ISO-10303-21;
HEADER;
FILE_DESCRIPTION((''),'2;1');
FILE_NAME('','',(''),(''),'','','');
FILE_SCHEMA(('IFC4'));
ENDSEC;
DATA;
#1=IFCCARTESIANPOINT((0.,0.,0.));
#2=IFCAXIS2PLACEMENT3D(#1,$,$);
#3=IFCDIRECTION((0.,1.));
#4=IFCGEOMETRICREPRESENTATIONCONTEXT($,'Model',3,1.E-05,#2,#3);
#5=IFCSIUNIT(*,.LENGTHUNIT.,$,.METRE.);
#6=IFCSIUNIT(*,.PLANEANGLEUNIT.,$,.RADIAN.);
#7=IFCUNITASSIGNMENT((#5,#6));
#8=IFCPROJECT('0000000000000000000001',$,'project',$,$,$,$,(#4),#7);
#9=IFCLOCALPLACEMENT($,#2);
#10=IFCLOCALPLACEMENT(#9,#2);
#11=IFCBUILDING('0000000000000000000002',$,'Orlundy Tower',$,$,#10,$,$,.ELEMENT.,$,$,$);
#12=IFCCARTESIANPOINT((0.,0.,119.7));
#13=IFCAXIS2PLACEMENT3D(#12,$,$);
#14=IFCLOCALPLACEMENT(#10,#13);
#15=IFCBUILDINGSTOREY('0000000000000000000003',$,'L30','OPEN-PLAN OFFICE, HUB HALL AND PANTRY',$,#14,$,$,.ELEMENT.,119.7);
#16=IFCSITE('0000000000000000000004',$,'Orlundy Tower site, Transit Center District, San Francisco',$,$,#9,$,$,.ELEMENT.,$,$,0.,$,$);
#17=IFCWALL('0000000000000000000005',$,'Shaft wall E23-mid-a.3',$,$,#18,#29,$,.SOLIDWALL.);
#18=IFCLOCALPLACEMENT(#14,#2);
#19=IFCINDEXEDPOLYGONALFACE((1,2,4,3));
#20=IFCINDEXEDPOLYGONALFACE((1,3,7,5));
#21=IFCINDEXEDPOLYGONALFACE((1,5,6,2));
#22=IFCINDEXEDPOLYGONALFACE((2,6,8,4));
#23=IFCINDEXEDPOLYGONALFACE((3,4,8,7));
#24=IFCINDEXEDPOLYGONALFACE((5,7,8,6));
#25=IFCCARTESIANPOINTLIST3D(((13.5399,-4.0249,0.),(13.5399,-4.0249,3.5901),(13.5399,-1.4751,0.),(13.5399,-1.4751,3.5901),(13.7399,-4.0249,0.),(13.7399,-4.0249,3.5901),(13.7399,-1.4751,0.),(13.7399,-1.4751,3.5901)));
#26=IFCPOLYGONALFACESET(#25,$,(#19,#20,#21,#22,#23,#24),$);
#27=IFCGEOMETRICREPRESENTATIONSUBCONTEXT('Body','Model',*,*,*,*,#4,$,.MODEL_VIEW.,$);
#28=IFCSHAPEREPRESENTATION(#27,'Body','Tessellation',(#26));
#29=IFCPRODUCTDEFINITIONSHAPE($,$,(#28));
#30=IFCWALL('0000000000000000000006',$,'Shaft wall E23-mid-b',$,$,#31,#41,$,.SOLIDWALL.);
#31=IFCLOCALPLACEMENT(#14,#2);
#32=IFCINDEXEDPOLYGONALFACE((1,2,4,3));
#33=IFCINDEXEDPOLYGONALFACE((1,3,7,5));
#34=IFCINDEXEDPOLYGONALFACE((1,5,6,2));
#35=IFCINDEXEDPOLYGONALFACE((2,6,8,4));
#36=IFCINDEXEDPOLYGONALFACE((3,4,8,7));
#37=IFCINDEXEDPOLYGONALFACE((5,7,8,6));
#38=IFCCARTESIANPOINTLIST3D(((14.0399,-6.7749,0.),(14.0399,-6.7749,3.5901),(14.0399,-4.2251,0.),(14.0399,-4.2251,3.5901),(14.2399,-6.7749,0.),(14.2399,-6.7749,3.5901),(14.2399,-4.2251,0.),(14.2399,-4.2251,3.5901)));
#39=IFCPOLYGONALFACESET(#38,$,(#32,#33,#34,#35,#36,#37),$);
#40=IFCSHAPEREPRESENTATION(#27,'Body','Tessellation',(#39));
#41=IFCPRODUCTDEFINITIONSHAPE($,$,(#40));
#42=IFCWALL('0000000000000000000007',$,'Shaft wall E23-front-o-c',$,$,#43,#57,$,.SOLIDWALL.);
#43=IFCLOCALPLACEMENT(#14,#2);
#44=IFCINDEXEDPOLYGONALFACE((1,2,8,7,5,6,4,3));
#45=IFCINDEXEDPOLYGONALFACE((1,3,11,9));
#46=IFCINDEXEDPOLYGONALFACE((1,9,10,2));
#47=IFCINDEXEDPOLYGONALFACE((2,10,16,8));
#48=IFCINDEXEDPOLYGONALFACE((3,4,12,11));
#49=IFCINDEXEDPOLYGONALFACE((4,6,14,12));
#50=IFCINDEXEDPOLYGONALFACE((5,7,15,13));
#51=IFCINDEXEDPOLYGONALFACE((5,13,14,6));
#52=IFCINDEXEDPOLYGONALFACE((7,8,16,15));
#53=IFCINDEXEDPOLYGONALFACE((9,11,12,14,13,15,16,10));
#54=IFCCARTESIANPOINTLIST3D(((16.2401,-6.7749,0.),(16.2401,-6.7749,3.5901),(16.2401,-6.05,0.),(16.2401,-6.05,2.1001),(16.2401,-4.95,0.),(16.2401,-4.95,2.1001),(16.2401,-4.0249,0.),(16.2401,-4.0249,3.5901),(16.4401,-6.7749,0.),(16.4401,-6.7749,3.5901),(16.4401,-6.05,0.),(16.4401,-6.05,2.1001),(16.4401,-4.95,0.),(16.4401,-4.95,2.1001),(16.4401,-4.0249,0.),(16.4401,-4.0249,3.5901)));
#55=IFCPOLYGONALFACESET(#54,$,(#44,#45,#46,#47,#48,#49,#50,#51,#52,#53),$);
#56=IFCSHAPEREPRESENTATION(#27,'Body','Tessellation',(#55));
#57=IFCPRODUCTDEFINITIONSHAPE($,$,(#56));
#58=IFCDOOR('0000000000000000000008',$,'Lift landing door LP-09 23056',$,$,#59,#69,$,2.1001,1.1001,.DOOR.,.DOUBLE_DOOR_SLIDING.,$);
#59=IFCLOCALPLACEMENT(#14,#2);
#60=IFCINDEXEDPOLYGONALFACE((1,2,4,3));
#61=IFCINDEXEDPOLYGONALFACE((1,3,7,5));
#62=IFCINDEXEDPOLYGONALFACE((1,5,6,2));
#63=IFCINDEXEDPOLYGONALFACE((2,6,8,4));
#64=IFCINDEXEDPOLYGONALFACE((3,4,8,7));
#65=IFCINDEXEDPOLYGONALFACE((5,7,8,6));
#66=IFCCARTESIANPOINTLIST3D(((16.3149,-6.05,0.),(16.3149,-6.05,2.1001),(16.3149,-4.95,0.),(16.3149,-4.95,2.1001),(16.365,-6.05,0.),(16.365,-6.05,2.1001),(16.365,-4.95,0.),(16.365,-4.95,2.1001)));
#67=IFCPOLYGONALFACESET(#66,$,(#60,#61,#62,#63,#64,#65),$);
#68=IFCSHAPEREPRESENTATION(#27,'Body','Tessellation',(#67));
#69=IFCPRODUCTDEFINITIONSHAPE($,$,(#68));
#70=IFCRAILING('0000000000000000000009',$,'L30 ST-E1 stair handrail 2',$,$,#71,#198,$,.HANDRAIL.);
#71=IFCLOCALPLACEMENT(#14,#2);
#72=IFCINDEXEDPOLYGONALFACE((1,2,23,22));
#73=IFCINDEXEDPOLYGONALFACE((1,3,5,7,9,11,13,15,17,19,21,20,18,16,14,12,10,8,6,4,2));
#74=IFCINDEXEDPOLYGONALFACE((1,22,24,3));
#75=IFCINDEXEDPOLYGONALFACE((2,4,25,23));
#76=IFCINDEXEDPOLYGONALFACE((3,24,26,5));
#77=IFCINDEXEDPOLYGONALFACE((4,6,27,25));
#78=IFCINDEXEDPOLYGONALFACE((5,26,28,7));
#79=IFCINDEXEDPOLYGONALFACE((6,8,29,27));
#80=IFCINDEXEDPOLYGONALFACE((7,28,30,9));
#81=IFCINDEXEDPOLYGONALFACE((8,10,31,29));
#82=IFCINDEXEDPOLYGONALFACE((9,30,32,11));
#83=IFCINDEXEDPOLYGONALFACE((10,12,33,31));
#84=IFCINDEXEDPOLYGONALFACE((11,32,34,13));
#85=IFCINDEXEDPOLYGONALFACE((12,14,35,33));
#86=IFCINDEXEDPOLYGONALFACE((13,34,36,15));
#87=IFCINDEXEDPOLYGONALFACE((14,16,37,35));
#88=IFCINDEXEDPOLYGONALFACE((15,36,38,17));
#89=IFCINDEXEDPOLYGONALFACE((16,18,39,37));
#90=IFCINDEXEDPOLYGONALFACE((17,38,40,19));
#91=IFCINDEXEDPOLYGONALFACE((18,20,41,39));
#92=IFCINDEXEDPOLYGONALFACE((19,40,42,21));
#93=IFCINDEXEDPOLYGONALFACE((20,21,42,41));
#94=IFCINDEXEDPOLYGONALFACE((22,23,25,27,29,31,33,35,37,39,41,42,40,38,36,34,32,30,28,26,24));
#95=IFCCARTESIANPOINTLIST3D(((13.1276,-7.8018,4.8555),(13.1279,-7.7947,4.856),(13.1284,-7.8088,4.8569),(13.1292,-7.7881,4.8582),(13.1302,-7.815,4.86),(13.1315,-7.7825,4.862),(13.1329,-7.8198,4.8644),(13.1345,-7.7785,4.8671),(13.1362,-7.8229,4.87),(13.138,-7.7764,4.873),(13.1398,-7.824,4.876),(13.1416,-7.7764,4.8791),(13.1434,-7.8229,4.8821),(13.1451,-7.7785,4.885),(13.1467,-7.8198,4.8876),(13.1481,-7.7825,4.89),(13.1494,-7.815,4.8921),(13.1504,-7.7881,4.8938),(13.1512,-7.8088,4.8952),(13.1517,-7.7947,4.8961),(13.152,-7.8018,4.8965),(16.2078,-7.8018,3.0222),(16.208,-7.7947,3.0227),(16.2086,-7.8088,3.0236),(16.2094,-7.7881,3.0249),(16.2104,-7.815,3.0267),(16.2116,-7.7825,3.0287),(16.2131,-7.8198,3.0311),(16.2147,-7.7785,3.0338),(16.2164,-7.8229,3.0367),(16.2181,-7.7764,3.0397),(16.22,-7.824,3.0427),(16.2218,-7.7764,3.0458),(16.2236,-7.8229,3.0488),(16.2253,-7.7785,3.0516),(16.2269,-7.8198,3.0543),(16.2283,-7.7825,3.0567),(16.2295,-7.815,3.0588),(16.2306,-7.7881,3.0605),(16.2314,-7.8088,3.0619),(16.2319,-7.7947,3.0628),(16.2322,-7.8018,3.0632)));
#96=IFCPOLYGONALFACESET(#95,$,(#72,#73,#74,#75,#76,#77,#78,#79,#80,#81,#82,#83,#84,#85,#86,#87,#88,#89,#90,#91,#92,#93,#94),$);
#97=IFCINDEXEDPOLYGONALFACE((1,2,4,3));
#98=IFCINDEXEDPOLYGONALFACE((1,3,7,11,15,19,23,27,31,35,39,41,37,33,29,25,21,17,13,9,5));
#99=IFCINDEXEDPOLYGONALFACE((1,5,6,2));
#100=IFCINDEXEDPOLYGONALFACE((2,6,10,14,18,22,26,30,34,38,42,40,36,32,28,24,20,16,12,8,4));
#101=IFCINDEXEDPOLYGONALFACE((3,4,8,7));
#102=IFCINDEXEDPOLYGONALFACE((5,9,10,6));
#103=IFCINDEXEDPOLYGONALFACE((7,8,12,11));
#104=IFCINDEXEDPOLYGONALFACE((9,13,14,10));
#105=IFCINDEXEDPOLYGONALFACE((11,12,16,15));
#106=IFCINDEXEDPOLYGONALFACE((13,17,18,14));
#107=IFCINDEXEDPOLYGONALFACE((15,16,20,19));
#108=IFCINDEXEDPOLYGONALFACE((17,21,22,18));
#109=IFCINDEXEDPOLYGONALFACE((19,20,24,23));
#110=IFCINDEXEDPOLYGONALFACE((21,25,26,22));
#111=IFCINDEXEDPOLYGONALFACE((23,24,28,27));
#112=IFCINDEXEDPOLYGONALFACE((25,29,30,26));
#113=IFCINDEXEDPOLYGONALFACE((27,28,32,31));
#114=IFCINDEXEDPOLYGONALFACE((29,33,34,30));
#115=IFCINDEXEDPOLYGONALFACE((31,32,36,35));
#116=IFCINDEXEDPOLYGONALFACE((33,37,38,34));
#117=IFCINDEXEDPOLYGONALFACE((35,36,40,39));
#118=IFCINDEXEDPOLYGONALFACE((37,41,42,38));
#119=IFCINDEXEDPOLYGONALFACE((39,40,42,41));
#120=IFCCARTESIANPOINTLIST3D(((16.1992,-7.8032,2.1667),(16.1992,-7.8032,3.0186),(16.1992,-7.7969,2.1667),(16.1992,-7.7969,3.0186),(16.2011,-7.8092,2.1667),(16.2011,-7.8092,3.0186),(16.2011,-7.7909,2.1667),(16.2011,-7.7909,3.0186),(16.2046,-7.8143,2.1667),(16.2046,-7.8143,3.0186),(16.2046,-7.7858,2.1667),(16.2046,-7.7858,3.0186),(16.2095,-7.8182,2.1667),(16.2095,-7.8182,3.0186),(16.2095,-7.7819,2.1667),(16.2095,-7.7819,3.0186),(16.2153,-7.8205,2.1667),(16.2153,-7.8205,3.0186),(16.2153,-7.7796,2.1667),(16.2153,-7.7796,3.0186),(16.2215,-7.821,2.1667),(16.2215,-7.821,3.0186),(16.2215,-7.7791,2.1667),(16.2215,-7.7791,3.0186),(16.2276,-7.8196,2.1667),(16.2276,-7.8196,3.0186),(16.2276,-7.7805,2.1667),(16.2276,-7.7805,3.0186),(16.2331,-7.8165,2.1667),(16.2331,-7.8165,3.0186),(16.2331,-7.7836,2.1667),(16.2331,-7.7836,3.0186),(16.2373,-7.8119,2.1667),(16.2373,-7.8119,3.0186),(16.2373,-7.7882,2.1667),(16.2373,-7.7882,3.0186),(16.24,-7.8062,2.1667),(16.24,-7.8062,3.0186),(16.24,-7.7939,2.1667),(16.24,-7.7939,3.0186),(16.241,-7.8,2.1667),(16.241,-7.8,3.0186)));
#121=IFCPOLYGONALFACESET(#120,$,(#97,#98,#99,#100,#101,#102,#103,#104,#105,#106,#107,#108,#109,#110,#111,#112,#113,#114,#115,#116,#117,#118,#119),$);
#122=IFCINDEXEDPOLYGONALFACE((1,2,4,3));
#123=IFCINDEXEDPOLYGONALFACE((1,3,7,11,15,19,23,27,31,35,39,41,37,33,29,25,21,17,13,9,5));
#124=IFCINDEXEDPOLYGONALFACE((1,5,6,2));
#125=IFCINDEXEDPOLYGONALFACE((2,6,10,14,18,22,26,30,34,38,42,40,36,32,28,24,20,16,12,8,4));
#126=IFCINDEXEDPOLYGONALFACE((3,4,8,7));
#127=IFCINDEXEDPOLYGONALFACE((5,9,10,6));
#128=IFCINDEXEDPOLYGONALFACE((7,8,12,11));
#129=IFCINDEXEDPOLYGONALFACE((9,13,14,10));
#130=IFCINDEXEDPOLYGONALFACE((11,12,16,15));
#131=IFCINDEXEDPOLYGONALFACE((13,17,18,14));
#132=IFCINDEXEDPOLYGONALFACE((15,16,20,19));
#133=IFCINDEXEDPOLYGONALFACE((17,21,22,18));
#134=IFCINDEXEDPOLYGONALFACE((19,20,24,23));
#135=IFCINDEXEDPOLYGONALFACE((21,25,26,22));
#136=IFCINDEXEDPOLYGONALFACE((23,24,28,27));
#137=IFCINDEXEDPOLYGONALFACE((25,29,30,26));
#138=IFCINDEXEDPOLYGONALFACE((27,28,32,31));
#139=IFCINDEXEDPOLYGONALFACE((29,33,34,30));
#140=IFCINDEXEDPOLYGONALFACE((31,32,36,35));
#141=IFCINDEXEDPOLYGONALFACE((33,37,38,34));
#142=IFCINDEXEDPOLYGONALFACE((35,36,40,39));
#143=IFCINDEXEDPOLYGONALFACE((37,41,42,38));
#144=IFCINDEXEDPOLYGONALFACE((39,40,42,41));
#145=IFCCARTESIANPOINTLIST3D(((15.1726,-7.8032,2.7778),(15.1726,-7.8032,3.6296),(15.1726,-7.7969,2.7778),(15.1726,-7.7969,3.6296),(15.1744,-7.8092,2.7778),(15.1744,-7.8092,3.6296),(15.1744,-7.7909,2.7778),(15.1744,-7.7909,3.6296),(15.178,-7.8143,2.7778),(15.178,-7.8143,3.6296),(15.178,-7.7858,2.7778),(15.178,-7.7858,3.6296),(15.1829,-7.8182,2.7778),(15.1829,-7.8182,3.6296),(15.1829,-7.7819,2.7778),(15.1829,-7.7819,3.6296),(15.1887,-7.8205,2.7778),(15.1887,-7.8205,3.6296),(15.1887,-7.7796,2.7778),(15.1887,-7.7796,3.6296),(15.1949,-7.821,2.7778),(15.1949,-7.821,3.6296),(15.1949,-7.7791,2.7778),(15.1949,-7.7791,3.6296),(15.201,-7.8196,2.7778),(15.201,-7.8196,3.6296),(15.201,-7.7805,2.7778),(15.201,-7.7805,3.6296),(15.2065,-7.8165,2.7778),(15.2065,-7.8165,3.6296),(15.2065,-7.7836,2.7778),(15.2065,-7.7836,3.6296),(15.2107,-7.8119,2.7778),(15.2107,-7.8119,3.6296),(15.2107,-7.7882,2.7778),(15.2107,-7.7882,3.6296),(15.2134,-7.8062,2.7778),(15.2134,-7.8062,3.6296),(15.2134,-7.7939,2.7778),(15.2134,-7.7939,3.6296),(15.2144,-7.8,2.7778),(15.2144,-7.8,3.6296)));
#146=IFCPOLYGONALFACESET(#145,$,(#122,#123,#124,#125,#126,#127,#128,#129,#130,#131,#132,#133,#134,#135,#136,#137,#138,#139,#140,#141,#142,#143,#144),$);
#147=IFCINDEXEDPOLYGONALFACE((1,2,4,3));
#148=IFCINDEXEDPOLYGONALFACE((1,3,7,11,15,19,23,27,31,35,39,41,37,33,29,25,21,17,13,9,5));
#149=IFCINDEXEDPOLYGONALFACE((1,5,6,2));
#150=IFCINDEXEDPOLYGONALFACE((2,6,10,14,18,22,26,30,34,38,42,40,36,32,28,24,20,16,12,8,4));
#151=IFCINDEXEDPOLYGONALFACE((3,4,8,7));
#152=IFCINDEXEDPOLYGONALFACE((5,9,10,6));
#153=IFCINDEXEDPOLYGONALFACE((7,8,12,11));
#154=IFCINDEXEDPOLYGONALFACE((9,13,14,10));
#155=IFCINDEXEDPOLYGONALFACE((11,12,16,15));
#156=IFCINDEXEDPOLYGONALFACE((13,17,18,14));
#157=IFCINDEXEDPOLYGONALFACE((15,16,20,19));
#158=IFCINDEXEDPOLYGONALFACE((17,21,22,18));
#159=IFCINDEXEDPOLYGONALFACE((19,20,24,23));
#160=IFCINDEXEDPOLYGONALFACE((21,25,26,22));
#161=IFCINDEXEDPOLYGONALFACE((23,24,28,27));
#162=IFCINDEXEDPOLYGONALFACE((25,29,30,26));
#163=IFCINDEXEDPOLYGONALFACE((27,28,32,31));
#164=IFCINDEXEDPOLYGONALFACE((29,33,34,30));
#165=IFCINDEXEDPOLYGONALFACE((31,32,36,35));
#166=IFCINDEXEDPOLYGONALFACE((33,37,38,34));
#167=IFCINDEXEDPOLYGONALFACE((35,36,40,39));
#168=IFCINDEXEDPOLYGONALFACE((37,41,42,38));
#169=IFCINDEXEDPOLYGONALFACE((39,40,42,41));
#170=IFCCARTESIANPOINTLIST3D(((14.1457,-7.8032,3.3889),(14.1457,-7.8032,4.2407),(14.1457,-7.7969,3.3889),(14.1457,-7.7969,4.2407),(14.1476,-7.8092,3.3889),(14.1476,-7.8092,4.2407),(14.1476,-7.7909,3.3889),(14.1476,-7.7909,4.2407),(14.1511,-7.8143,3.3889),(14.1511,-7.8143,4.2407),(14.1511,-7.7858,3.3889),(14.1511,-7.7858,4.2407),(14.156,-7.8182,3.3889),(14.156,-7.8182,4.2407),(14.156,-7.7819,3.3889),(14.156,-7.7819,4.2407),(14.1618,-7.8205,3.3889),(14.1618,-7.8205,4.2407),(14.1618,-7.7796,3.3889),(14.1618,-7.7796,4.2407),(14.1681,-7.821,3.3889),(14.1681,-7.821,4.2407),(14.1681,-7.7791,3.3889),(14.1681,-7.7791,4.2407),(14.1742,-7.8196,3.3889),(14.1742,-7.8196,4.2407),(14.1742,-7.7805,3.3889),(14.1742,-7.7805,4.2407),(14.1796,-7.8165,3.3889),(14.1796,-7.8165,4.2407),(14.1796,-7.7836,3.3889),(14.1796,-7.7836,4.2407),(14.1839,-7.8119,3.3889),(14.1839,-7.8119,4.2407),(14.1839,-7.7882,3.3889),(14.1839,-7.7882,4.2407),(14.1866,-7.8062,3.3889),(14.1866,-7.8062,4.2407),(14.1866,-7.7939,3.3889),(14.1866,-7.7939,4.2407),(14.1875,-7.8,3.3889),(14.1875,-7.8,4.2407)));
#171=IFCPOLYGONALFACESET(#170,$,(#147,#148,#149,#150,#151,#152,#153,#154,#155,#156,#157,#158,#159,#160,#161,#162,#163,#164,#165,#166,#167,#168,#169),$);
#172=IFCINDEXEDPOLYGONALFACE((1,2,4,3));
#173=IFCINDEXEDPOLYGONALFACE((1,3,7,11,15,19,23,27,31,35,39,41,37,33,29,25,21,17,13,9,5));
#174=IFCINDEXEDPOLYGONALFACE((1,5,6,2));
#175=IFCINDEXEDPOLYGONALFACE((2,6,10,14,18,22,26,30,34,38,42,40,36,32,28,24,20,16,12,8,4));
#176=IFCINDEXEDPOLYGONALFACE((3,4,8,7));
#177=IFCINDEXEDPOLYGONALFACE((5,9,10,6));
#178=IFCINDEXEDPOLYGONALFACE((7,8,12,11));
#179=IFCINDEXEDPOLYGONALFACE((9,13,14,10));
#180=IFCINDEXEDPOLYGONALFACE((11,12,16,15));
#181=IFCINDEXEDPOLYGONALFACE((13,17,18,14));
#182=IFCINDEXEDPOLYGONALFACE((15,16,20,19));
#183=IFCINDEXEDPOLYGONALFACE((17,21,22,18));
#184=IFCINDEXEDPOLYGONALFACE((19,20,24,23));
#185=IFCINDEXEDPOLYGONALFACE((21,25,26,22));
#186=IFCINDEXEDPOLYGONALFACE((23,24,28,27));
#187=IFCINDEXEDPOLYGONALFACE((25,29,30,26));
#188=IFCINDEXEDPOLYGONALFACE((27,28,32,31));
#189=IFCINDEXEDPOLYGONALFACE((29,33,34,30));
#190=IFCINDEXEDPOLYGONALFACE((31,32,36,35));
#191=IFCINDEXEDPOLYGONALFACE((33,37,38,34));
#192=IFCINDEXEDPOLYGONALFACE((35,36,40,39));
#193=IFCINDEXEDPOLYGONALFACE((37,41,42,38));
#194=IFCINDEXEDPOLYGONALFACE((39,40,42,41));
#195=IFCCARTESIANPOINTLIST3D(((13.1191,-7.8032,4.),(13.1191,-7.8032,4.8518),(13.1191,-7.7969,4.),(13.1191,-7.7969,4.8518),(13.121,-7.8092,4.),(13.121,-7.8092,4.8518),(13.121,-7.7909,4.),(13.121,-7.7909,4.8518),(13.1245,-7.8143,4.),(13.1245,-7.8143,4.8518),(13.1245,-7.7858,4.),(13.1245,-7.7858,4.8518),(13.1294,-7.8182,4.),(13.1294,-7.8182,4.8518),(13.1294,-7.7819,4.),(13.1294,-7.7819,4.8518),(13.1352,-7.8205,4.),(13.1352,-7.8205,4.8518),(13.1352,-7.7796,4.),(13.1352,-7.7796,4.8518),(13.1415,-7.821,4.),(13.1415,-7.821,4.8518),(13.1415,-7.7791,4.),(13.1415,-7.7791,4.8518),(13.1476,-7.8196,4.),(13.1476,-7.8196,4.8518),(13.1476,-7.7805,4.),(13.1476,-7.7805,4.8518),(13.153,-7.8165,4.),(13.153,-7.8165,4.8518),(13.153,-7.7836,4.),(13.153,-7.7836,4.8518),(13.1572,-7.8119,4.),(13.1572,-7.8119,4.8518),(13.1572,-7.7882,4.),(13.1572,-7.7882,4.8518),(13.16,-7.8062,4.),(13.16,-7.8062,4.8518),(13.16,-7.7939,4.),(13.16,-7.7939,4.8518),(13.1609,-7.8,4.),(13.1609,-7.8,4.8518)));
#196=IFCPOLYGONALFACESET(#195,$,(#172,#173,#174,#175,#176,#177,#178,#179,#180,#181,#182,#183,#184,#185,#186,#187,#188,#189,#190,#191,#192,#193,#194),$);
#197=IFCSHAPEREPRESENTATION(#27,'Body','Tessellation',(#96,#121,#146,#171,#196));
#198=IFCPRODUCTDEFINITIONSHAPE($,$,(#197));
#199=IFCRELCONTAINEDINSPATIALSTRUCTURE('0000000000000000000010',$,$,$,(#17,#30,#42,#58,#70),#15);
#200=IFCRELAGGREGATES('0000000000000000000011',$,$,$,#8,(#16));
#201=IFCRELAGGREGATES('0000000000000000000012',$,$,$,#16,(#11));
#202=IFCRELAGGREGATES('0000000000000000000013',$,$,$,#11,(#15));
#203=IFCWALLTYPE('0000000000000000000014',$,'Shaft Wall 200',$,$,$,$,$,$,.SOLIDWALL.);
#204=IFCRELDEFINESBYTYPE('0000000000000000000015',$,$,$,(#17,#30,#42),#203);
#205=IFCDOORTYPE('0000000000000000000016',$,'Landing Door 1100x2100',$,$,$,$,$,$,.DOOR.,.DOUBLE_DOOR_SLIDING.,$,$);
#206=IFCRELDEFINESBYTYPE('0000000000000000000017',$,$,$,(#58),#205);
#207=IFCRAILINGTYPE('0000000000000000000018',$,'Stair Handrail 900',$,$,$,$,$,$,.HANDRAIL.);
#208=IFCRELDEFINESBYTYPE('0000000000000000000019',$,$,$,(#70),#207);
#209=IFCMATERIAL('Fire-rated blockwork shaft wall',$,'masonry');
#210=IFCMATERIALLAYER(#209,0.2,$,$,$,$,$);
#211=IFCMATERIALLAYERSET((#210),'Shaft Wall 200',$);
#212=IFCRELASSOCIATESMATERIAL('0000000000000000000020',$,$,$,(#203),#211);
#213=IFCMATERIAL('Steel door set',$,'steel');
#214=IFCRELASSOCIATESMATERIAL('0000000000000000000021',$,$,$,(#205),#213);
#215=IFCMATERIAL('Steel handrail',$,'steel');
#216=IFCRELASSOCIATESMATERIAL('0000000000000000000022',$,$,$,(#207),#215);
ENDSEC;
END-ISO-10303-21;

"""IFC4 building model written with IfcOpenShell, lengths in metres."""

from ifc_helpers import new_model, si_unit, direction, frame, frame_2d, origin, origin_2d, place, context, subcontext, project, spatial, rectangle, circle, extrude, material, layer, layer_set, type_object, element, fill, save


model = new_model("IFC4")

# Units and contexts
model_context = context("Model", 3, precision=1e-05, world=origin(), true_north=direction((0.0, 1.0)))
body_context = subcontext(model_context, "Body", "Model", "MODEL_VIEW")
ifc_project = project(units=[si_unit("LENGTHUNIT", "METRE"), si_unit("PLANEANGLEUNIT", "RADIAN")], contexts=[model_context])

# Site, building, storey
site_placement = place(None, origin())
site = spatial("IfcSite", under=ifc_project, at=site_placement, Name="Orlundy Tower site, Transit Center District, San Francisco", CompositionType="ELEMENT", RefElevation=0.0)
building_placement = place(site_placement, origin())
building = spatial("IfcBuilding", under=site, at=building_placement, Name="Orlundy Tower", CompositionType="ELEMENT")
storey_placement = place(building_placement, frame((0.0, 0.0, 119.7)))
storey = spatial("IfcBuildingStorey", under=building, at=storey_placement, Name="L30", Description="OPEN-PLAN OFFICE, HUB HALL AND PANTRY", CompositionType="ELEMENT", Elevation=119.7)

# Walls
ifc_material_1 = material(Name="Fire-rated blockwork shaft wall", Category="masonry")
ifc_layer_1 = layer(ifc_material_1, 0.2)
ifc_layer_set_1 = layer_set([ifc_layer_1], Name="Shaft Wall 200")
wall_type_1 = type_object("IfcWallType", Name="Shaft Wall 200", PredefinedType="SOLIDWALL", material=ifc_layer_set_1)
for number, where, z_axis, x_axis, name in (
    (1, (13.6399, -1.4751, 0.0), (0.0, 0.0, 1.0), (0.0, -1.0, 0.0), "Shaft wall E23-mid-a.3"),
    (2, (14.1399, -4.2251, 0.0), (0.0, 0.0, 1.0), (0.0, -1.0, 0.0), "Shaft wall E23-mid-b"),
):
    element("IfcWall", number, at=place(storey_placement, frame(where, z_axis=z_axis, x_axis=x_axis)), inside=storey, type_object=wall_type_1, Name=name, PredefinedType="SOLIDWALL", context=body_context, shape_type="SweptSolid", body=[
        extrude(rectangle(XDim=2.5498, YDim=0.2, at=frame_2d((1.2749, 0.0))), origin(), (0.0, 0.0, 1.0), 3.5901),
    ])

# Wall, opening, door
wall_1_placement = place(storey_placement, frame((16.3401, -4.0249, 0.0), z_axis=(0.0, 0.0, 1.0), x_axis=(0.0, -1.0, 0.0)))
wall_1 = element("IfcWall", 3, at=wall_1_placement, inside=storey, type_object=wall_type_1, Name="Shaft wall E23-front-o-c", PredefinedType="SOLIDWALL", context=body_context, shape_type="SweptSolid", body=[
    extrude(rectangle(XDim=2.75, YDim=0.2, at=frame_2d((1.375, 0.0))), origin(), (0.0, 0.0, 1.0), 3.5901),
])
opening_1_placement = place(wall_1_placement, frame((0.925, 0.0, 0.0)))
opening_1 = element("IfcOpeningElement", 4, at=opening_1_placement, cuts=wall_1, PredefinedType="OPENING", context=body_context, shape_type="SweptSolid", body=[
    extrude(rectangle(XDim=1.1001, YDim=2.1001, at=frame_2d((0.55, 1.05))), frame((0.0, 0.1101, 0.0), z_axis=(0.0, -1.0, 0.0), x_axis=(1.0, 0.0, 0.0)), (0.0, 0.0, 1.0), 0.2202),
])
ifc_material_2 = material(Name="Steel door set", Category="steel")
door_type_1 = type_object("IfcDoorType", Name="Landing Door 1100x2100", OperationType="DOUBLE_DOOR_SLIDING", PredefinedType="DOOR", material=ifc_material_2)
door_1_placement = place(opening_1_placement, origin())
door_1 = element("IfcDoor", 5, at=door_1_placement, inside=storey, type_object=door_type_1, Name="Lift landing door LP-09 23056", OperationType="DOUBLE_DOOR_SLIDING", OverallHeight=2.1001, OverallWidth=1.1001, PredefinedType="DOOR", context=body_context, shape_type="SweptSolid", body=[
    extrude(rectangle(XDim=1.1001, YDim=2.1001, at=frame_2d((0.55, 1.05))), frame((0.0, 0.0249, 0.0), z_axis=(0.0, -1.0, 0.0), x_axis=(1.0, 0.0, 0.0)), (0.0, 0.0, 1.0), 0.05),
])
fill(opening_1, door_1)

# Railing
ifc_material_3 = material(Name="Steel handrail", Category="steel")
railing_type = type_object("IfcRailingType", Name="Stair Handrail 900", PredefinedType="HANDRAIL", material=ifc_material_3)
railing_placement = place(storey_placement, frame((16.22, -7.8, 2.1667)))
element("IfcRailing", 6, at=railing_placement, inside=storey, type_object=railing_type, Name="L30 ST-E1 stair handrail 2", PredefinedType="HANDRAIL", context=body_context, shape_type="SweptSolid", body=[
    extrude(circle(Radius=0.0239, at=origin_2d()), frame((0.0, 0.0, 0.876), z_axis=(-0.859309, 0.0, 0.511458), x_axis=(0.0, -1.0, 0.0)), (0.0, 0.0, 1.0), 3.5845),
    extrude(circle(Radius=0.021, at=origin_2d()), origin(), (0.0, 0.0, 1.0), 0.8518),
    extrude(circle(Radius=0.021, at=origin_2d()), frame((-1.0266, 0.0, 0.6111)), (0.0, 0.0, 1.0), 0.8518),
    extrude(circle(Radius=0.021, at=origin_2d()), frame((-2.0535, 0.0, 1.2222)), (0.0, 0.0, 1.0), 0.8518),
    extrude(circle(Radius=0.021, at=origin_2d()), frame((-3.0801, 0.0, 1.8333)), (0.0, 0.0, 1.0), 0.8518),
])

save(model, "model.ifc")
